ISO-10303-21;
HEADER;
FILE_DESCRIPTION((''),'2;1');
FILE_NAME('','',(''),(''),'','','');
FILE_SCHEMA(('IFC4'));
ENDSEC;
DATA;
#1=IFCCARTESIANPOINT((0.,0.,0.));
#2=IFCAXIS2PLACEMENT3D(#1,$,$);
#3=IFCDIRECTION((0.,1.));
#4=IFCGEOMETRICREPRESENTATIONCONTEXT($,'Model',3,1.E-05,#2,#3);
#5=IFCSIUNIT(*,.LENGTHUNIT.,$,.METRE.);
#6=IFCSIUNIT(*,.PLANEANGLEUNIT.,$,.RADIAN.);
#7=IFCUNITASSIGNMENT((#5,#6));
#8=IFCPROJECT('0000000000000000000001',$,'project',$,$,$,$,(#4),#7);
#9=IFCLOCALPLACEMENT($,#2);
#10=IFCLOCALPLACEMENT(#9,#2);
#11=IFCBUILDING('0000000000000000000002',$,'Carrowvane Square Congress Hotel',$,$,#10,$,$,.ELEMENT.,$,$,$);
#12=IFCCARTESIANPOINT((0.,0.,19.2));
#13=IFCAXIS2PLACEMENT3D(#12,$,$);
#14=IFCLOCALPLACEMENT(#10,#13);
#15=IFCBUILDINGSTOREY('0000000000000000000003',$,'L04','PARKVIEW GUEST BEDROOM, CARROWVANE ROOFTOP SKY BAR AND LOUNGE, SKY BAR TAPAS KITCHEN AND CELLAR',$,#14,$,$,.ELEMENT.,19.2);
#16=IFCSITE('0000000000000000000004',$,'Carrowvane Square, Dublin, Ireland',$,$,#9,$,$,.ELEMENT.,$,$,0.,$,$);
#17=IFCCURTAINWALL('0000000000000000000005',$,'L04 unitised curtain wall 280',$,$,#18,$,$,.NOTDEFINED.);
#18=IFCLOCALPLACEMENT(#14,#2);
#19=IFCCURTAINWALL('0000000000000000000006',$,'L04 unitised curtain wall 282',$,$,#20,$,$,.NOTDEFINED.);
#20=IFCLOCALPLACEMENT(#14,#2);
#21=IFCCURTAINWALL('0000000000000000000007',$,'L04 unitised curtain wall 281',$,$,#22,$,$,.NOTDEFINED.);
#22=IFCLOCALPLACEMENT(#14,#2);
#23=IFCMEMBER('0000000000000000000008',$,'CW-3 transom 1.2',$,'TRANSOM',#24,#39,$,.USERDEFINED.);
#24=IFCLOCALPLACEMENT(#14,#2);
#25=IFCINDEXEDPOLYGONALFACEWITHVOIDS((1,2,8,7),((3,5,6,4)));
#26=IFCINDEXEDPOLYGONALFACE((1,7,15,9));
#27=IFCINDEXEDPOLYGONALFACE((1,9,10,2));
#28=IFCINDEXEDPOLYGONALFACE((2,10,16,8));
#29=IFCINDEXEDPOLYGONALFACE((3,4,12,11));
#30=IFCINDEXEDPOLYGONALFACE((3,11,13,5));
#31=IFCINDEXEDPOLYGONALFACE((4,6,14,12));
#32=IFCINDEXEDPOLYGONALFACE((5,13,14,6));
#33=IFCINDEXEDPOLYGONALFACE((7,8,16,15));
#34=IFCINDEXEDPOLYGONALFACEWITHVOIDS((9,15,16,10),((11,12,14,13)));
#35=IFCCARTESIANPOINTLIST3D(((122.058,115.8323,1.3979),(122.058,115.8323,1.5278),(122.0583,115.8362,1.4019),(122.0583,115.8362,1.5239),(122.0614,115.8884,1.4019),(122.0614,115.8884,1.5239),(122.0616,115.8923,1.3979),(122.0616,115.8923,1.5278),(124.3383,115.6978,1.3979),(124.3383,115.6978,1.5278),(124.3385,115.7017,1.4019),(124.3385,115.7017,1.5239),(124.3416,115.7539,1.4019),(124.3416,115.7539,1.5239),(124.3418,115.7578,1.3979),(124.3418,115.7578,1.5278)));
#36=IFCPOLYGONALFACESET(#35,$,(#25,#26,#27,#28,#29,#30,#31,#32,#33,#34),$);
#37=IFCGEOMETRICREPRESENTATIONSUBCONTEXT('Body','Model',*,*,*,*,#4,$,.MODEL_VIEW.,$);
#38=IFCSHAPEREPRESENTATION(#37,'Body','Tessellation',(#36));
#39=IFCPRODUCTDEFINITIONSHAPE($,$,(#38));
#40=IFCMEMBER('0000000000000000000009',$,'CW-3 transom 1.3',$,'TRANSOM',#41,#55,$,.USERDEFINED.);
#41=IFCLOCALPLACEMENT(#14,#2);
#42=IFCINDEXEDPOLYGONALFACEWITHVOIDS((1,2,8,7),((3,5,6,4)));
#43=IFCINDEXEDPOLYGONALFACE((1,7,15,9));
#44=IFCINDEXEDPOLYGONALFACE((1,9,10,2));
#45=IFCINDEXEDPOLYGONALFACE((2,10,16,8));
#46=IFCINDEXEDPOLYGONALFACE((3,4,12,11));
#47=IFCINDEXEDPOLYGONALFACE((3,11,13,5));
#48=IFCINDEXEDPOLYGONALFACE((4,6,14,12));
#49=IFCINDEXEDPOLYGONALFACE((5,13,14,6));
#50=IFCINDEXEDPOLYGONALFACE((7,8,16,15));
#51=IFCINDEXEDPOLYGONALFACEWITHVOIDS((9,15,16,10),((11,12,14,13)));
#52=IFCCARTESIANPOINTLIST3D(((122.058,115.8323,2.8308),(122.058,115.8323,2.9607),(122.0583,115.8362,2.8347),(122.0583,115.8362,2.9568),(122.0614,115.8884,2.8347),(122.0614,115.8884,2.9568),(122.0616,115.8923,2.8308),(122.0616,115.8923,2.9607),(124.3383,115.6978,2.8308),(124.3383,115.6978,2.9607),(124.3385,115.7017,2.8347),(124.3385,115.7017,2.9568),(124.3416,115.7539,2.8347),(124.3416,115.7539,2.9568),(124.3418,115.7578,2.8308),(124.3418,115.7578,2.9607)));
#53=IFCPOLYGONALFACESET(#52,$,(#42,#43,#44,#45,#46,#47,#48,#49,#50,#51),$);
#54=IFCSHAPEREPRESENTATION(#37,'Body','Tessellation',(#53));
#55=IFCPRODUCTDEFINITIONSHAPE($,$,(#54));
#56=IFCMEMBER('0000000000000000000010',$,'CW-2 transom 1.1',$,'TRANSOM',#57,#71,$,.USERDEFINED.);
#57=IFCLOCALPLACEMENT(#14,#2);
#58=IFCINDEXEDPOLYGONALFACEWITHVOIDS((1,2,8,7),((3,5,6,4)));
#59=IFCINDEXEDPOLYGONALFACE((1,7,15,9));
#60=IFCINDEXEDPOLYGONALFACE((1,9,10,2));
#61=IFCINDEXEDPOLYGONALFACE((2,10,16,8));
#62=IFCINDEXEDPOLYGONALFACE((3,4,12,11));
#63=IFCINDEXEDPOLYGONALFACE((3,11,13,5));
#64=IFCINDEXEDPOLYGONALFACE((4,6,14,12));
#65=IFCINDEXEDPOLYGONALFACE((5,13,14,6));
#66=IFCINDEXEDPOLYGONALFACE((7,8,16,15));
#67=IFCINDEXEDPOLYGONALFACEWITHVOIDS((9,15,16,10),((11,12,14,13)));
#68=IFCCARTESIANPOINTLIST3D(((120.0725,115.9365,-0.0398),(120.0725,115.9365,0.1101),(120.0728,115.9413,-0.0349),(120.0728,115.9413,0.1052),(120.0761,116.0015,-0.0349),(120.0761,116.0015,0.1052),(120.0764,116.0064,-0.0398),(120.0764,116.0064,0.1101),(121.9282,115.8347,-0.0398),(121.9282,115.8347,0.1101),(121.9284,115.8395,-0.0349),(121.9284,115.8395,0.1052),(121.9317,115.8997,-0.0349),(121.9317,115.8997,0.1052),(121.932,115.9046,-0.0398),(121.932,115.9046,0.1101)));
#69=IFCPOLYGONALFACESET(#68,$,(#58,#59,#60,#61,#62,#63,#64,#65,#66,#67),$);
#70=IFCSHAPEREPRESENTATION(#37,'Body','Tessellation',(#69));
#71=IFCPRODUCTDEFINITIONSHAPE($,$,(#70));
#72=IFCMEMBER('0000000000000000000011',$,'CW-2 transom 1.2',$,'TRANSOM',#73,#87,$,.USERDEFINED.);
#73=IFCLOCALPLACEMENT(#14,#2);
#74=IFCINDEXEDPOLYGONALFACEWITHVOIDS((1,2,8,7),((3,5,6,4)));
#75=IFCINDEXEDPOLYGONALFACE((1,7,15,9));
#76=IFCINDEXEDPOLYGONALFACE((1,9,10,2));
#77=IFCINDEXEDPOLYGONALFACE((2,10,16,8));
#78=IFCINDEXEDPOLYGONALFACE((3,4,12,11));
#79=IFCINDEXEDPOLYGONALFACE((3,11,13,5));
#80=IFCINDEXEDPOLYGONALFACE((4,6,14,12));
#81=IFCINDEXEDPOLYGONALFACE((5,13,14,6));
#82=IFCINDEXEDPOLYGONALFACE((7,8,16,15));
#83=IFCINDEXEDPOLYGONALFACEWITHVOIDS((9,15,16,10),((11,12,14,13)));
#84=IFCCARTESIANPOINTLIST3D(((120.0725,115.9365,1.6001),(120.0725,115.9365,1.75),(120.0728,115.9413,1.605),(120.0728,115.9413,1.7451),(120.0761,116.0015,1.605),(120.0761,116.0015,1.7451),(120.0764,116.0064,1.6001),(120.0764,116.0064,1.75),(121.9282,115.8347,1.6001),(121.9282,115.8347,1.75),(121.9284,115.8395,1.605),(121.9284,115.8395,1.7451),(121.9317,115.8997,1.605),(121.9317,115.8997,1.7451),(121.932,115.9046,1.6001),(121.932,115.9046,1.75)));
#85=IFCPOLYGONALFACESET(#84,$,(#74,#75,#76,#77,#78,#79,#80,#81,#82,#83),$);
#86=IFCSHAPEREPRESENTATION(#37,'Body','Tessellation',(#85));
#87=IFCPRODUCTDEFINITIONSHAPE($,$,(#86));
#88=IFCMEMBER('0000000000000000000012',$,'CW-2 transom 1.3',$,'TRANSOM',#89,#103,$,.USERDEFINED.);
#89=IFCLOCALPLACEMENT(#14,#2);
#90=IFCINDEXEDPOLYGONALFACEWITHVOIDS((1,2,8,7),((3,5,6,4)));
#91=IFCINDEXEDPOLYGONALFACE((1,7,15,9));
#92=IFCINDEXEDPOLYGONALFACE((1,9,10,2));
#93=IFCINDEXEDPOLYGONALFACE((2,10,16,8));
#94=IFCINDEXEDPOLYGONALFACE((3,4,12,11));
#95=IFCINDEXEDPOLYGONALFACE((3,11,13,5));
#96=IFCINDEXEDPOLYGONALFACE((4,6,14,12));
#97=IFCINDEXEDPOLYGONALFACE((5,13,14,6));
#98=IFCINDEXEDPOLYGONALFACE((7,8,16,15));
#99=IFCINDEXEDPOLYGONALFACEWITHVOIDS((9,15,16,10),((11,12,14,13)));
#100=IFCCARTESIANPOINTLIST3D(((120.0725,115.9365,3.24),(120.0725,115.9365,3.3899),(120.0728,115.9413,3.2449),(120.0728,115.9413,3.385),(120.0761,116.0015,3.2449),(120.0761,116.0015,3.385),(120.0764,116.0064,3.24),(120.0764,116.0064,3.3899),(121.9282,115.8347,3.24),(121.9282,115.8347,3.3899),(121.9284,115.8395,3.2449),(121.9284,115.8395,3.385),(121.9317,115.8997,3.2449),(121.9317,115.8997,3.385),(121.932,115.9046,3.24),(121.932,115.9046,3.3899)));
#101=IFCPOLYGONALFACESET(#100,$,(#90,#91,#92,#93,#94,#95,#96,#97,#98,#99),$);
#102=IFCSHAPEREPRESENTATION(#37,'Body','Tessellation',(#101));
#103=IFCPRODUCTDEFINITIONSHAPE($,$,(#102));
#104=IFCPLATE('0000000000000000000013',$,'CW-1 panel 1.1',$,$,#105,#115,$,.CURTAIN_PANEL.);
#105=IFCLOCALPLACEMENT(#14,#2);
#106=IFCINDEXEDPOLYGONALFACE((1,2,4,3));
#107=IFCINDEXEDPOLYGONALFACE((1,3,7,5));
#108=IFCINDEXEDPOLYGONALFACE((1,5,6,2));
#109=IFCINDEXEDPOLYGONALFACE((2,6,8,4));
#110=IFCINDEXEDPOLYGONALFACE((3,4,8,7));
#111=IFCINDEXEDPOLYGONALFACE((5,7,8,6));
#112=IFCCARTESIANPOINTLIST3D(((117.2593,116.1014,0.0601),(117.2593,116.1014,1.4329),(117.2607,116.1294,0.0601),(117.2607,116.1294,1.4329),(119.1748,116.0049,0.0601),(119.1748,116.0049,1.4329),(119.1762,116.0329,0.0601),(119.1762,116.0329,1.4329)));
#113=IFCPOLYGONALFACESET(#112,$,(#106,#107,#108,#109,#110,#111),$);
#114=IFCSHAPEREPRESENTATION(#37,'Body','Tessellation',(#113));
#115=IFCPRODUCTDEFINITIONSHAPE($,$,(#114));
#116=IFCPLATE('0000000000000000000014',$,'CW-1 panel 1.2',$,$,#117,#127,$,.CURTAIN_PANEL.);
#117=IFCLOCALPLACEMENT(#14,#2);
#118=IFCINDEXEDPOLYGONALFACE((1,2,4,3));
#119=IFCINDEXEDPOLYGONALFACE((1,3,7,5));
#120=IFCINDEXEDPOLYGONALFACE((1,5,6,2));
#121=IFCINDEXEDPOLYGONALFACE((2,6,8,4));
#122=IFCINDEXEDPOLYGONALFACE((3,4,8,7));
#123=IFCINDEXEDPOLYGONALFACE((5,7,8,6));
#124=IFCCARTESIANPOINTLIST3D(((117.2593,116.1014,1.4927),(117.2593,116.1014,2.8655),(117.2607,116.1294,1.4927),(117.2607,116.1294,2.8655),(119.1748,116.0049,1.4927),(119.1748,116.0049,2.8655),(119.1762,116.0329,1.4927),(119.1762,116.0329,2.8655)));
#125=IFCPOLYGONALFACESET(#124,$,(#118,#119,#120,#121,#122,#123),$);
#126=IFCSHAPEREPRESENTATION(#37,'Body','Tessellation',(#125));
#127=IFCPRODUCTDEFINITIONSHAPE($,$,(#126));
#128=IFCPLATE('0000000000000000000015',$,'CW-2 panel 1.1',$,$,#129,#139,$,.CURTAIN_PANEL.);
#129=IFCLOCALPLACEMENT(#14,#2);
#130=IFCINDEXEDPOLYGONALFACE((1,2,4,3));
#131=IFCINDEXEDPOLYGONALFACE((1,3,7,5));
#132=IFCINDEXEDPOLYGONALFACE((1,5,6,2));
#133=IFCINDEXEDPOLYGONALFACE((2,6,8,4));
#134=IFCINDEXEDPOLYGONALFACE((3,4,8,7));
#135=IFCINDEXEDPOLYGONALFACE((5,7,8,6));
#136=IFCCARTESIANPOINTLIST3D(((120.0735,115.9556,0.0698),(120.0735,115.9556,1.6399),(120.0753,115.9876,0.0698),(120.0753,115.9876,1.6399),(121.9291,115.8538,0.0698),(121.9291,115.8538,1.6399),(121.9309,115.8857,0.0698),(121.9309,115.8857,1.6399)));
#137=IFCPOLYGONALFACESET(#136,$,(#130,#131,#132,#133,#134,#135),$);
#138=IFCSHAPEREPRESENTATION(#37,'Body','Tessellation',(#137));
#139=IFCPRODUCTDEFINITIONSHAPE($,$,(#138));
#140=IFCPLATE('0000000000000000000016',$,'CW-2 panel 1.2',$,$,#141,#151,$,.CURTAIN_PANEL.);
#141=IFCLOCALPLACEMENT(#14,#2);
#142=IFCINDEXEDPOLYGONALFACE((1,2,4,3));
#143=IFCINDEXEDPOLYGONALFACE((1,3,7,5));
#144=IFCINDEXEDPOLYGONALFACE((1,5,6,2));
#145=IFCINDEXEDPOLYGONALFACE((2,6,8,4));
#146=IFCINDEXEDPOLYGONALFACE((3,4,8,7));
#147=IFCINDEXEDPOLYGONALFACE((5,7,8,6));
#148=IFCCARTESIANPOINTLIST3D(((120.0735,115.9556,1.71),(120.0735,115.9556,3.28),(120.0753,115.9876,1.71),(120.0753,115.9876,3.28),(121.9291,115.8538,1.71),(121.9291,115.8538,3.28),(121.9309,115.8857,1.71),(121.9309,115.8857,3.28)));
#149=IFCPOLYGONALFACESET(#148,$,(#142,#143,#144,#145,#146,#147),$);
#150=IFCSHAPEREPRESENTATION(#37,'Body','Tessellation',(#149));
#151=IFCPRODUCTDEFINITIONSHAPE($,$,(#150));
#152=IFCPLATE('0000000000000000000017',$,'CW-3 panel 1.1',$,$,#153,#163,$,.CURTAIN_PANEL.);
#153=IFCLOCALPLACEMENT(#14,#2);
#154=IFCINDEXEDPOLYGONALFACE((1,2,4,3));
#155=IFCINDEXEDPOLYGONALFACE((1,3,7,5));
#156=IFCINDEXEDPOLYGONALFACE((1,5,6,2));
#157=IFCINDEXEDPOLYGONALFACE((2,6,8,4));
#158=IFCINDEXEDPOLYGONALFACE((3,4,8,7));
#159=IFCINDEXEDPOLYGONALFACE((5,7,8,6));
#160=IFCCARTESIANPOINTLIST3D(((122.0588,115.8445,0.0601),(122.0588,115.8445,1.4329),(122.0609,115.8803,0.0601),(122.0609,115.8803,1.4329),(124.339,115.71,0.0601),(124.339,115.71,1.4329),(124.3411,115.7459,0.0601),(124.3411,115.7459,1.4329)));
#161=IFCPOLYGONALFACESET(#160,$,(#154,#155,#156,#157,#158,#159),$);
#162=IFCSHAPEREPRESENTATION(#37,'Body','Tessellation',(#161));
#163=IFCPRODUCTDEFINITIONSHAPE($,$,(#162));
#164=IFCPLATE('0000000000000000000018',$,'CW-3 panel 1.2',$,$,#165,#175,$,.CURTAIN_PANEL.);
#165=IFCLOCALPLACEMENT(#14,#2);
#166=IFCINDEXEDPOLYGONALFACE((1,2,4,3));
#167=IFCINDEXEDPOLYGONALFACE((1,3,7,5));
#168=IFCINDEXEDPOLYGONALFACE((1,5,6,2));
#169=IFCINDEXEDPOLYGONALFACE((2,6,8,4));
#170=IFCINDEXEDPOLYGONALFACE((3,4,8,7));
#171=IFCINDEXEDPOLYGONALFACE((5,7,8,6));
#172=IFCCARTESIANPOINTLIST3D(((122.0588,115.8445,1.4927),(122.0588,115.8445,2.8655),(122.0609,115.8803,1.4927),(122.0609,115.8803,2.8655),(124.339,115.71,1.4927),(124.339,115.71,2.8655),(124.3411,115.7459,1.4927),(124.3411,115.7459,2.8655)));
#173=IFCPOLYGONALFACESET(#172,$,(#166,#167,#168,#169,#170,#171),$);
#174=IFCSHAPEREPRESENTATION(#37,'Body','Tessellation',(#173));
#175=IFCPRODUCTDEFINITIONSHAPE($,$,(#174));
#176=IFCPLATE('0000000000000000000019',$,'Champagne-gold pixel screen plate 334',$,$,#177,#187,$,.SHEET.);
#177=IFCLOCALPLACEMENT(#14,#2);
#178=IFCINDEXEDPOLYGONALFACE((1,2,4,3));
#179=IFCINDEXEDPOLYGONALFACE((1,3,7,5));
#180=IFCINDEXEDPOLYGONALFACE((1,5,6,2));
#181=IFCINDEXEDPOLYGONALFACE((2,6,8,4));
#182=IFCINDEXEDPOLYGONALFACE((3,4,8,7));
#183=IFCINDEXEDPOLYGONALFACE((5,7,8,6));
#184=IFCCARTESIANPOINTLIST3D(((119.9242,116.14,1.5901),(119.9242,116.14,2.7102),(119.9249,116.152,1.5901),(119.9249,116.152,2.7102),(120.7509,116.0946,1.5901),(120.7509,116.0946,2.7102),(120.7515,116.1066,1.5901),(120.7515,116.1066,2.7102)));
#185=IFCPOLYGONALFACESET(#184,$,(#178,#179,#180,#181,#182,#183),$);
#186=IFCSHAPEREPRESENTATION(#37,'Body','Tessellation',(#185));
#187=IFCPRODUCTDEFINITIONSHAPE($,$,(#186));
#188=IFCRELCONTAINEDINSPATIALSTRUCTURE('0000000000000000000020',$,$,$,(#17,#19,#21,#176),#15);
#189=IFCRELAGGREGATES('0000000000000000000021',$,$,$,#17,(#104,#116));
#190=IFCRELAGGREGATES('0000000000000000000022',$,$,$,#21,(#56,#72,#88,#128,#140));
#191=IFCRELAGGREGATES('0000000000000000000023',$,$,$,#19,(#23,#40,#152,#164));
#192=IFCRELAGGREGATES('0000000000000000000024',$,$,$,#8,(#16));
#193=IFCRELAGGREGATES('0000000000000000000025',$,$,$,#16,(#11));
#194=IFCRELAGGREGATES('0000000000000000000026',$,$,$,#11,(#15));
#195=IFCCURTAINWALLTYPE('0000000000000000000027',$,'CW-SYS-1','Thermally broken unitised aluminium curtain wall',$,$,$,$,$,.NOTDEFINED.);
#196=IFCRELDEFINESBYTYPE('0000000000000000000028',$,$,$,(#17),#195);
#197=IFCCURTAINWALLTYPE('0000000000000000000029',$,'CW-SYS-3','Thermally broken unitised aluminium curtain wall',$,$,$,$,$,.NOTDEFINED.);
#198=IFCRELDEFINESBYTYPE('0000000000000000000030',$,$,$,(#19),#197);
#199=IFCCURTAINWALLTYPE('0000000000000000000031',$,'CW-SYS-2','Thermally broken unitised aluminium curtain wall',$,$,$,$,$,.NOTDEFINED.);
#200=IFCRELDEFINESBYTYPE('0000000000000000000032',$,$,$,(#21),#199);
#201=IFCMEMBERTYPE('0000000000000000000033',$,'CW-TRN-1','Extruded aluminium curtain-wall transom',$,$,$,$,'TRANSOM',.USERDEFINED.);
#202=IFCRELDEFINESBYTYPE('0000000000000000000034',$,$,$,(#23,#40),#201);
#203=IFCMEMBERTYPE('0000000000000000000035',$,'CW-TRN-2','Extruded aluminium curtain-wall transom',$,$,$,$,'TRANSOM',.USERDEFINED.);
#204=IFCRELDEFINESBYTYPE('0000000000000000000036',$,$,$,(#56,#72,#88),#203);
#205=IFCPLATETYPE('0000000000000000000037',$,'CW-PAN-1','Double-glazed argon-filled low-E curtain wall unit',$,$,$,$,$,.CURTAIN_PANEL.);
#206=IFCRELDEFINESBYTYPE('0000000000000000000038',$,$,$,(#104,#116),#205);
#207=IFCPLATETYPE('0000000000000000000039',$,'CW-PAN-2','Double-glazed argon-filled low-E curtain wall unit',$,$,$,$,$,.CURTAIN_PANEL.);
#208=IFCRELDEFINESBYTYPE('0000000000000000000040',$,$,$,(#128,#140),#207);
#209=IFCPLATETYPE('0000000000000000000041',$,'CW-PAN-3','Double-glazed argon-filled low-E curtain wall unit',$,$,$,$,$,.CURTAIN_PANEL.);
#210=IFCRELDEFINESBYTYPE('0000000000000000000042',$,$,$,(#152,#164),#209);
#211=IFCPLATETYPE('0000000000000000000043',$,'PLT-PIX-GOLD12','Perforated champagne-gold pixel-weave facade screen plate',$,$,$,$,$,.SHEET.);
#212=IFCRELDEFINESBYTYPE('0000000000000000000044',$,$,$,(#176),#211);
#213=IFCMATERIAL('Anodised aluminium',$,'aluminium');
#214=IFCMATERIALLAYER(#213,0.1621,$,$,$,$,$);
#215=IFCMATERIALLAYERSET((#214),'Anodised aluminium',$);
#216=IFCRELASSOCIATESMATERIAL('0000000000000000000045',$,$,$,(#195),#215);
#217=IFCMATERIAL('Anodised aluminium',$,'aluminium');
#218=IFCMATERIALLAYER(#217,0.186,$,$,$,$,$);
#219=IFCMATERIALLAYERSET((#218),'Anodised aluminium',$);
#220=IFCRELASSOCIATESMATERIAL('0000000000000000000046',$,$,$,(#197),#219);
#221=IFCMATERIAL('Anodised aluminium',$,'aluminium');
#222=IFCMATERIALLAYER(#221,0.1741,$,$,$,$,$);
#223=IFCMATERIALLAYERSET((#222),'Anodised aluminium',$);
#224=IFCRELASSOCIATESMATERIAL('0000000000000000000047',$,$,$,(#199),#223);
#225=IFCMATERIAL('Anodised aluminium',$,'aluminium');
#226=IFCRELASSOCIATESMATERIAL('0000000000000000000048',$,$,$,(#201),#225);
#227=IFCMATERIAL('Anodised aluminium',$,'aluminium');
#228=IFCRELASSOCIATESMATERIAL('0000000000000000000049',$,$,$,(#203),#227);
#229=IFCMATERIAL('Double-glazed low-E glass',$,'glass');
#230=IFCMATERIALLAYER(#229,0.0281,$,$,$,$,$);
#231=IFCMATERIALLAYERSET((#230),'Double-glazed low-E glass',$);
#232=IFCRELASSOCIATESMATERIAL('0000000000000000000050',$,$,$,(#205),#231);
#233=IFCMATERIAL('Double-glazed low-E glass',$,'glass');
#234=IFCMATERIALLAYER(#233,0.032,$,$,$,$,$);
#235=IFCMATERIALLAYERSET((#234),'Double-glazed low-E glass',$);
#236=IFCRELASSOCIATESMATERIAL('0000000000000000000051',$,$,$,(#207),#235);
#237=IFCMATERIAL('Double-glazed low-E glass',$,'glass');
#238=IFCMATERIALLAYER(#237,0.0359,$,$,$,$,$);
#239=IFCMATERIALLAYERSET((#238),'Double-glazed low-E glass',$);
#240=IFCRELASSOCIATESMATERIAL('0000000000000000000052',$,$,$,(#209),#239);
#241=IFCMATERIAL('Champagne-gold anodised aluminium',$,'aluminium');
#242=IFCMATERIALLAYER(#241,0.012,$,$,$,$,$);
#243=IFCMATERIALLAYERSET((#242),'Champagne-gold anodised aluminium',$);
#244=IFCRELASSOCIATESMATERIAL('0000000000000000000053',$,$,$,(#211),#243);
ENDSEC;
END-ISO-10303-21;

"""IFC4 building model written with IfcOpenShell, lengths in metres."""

from ifc_helpers import new_model, si_unit, direction, frame, origin, origin_2d, place, context, subcontext, project, spatial, rectangle, hollow_rectangle, extrude, material, layer, layer_set, material_profile, profile_set, type_object, element, aggregate, save


model = new_model("IFC4")

# Units and contexts
model_context = context("Model", 3, precision=1e-05, world=origin(), true_north=direction((0.0, 1.0)))
body_context = subcontext(model_context, "Body", "Model", "MODEL_VIEW")
ifc_project = project(units=[si_unit("LENGTHUNIT", "METRE"), si_unit("PLANEANGLEUNIT", "RADIAN")], contexts=[model_context])

# Site, building, storey
site_placement = place(None, origin())
site = spatial("IfcSite", under=ifc_project, at=site_placement, Name="Carrowvane Square, Dublin, Ireland", CompositionType="ELEMENT", RefElevation=0.0)
building_placement = place(site_placement, origin())
building = spatial("IfcBuilding", under=site, at=building_placement, Name="Carrowvane Square Congress Hotel", CompositionType="ELEMENT")
storey_placement = place(building_placement, frame((0.0, 0.0, 19.2)))
storey = spatial("IfcBuildingStorey", under=building, at=storey_placement, Name="L04", Description="PARKVIEW GUEST BEDROOM, CARROWVANE ROOFTOP SKY BAR AND LOUNGE, SKY BAR TAPAS KITCHEN AND CELLAR", CompositionType="ELEMENT", Elevation=19.2)

# Curtain walls
ifc_material_1 = material(Name="Anodised aluminium", Category="aluminium")
ifc_layer_1 = layer(ifc_material_1, 0.1621)
ifc_layer_set_1 = layer_set([ifc_layer_1], Name="Anodised aluminium")
curtain_wall_type_1 = type_object("IfcCurtainWallType", Name="CW-SYS-1", Description="Thermally broken unitised aluminium curtain wall", PredefinedType="NOTDEFINED", material=ifc_layer_set_1)
curtain_wall_1_placement = place(storey_placement, origin())
curtain_wall_1 = element("IfcCurtainWall", 1, at=curtain_wall_1_placement, inside=storey, type_object=curtain_wall_type_1, Name="L04 unitised curtain wall 280", PredefinedType="NOTDEFINED")
ifc_material_2 = material(Name="Anodised aluminium", Category="aluminium")
ifc_layer_2 = layer(ifc_material_2, 0.186)
ifc_layer_set_2 = layer_set([ifc_layer_2], Name="Anodised aluminium")
curtain_wall_type_2 = type_object("IfcCurtainWallType", Name="CW-SYS-3", Description="Thermally broken unitised aluminium curtain wall", PredefinedType="NOTDEFINED", material=ifc_layer_set_2)
curtain_wall_2_placement = place(storey_placement, origin())
curtain_wall_2 = element("IfcCurtainWall", 2, at=curtain_wall_2_placement, inside=storey, type_object=curtain_wall_type_2, Name="L04 unitised curtain wall 282", PredefinedType="NOTDEFINED")

# Curtain wall
ifc_material_3 = material(Name="Anodised aluminium", Category="aluminium")
ifc_layer_3 = layer(ifc_material_3, 0.1741)
ifc_layer_set_3 = layer_set([ifc_layer_3], Name="Anodised aluminium")
curtain_wall_type_3 = type_object("IfcCurtainWallType", Name="CW-SYS-2", Description="Thermally broken unitised aluminium curtain wall", PredefinedType="NOTDEFINED", material=ifc_layer_set_3)
curtain_wall_3_placement = place(storey_placement, origin())
curtain_wall_3 = element("IfcCurtainWall", 3, at=curtain_wall_3_placement, inside=storey, type_object=curtain_wall_type_3, Name="L04 unitised curtain wall 281", PredefinedType="NOTDEFINED")

# Members
ifc_material_4 = material(Name="Anodised aluminium", Category="aluminium")
ifc_material_profile_1 = material_profile(ifc_material_4, hollow_rectangle(XDim=0.0601, YDim=0.1299, WallThickness=0.0039, at=origin_2d()), Name="CW-TR 60x130x4")
ifc_profile_set_1 = profile_set([ifc_material_profile_1], Name="Anodised aluminium")
member_type_1 = type_object("IfcMemberType", Name="CW-TRN-1", Description="Extruded aluminium curtain-wall transom", ElementType="TRANSOM", PredefinedType="USERDEFINED", material=ifc_profile_set_1)
member_1_placement = place(storey_placement, frame((122.0598, 115.8623, 1.4629), z_axis=(0.998264, -0.058891, 0.0), x_axis=(0.058891, 0.998264, 0.0)))
member_1 = element("IfcMember", 4, at=member_1_placement, type_object=member_type_1, Name="CW-3 transom 1.2", ObjectType="TRANSOM", PredefinedType="USERDEFINED", context=body_context, shape_type="SweptSolid", body=[
    extrude(hollow_rectangle(XDim=0.0601, YDim=0.1299, WallThickness=0.0039, at=origin_2d()), origin(), (0.0, 0.0, 1.0), 2.2842),
])
member_2_placement = place(storey_placement, frame((122.0598, 115.8623, 2.8958), z_axis=(0.998264, -0.058891, 0.0), x_axis=(0.058891, 0.998264, 0.0)))
member_2 = element("IfcMember", 5, at=member_2_placement, type_object=member_type_1, Name="CW-3 transom 1.3", ObjectType="TRANSOM", PredefinedType="USERDEFINED", context=body_context, shape_type="SweptSolid", body=[
    extrude(hollow_rectangle(XDim=0.0601, YDim=0.1299, WallThickness=0.0039, at=origin_2d()), origin(), (0.0, 0.0, 1.0), 2.2842),
])
ifc_material_5 = material(Name="Anodised aluminium", Category="aluminium")
ifc_material_profile_2 = material_profile(ifc_material_5, hollow_rectangle(XDim=0.0701, YDim=0.1499, WallThickness=0.0049, at=origin_2d()), Name="CW-TR 70x150x5")
ifc_profile_set_2 = profile_set([ifc_material_profile_2], Name="Anodised aluminium")
member_type_2 = type_object("IfcMemberType", Name="CW-TRN-2", Description="Extruded aluminium curtain-wall transom", ElementType="TRANSOM", PredefinedType="USERDEFINED", material=ifc_profile_set_2)
member_3_placement = place(storey_placement, frame((120.0745, 115.9714, 0.0352), z_axis=(0.998499, -0.054779, 0.0), x_axis=(0.054779, 0.998499, 0.0)))
member_3 = element("IfcMember", 6, at=member_3_placement, type_object=member_type_2, Name="CW-2 transom 1.1", ObjectType="TRANSOM", PredefinedType="USERDEFINED", context=body_context, shape_type="SweptSolid", body=[
    extrude(hollow_rectangle(XDim=0.0701, YDim=0.1499, WallThickness=0.0049, at=origin_2d()), origin(), (0.0, 0.0, 1.0), 1.8584),
])
member_4_placement = place(storey_placement, frame((120.0745, 115.9714, 1.675), z_axis=(0.998499, -0.054779, 0.0), x_axis=(0.054779, 0.998499, 0.0)))
member_4 = element("IfcMember", 7, at=member_4_placement, type_object=member_type_2, Name="CW-2 transom 1.2", ObjectType="TRANSOM", PredefinedType="USERDEFINED", context=body_context, shape_type="SweptSolid", body=[
    extrude(hollow_rectangle(XDim=0.0701, YDim=0.1499, WallThickness=0.0049, at=origin_2d()), origin(), (0.0, 0.0, 1.0), 1.8584),
])
member_5_placement = place(storey_placement, frame((120.0745, 115.9714, 3.3149), z_axis=(0.998499, -0.054779, 0.0), x_axis=(0.054779, 0.998499, 0.0)))
member_5 = element("IfcMember", 8, at=member_5_placement, type_object=member_type_2, Name="CW-2 transom 1.3", ObjectType="TRANSOM", PredefinedType="USERDEFINED", context=body_context, shape_type="SweptSolid", body=[
    extrude(hollow_rectangle(XDim=0.0701, YDim=0.1499, WallThickness=0.0049, at=origin_2d()), origin(), (0.0, 0.0, 1.0), 1.8584),
])

# Plates
ifc_material_6 = material(Name="Double-glazed low-E glass", Category="glass")
ifc_layer_4 = layer(ifc_material_6, 0.0281)
ifc_layer_set_4 = layer_set([ifc_layer_4], Name="Double-glazed low-E glass")
plate_type_1 = type_object("IfcPlateType", Name="CW-PAN-1", Description="Double-glazed argon-filled low-E curtain wall unit", PredefinedType="CURTAIN_PANEL", material=ifc_layer_set_4)
plate_1_placement = place(storey_placement, frame((118.2178, 116.0671, 0.0601), z_axis=(0.0, 0.0, 1.0), x_axis=(0.998733, -0.050324, 0.0)))
plate_1 = element("IfcPlate", 9, at=plate_1_placement, type_object=plate_type_1, Name="CW-1 panel 1.1", PredefinedType="CURTAIN_PANEL", context=body_context, shape_type="SweptSolid", body=[
    extrude(rectangle(XDim=1.918, YDim=0.0281, at=origin_2d()), origin(), (0.0, 0.0, 1.0), 1.3728),
])
plate_2_placement = place(storey_placement, frame((118.2178, 116.0671, 1.4927), z_axis=(0.0, 0.0, 1.0), x_axis=(0.998733, -0.050324, 0.0)))
plate_2 = element("IfcPlate", 10, at=plate_2_placement, type_object=plate_type_1, Name="CW-1 panel 1.2", PredefinedType="CURTAIN_PANEL", context=body_context, shape_type="SweptSolid", body=[
    extrude(rectangle(XDim=1.918, YDim=0.0281, at=origin_2d()), origin(), (0.0, 0.0, 1.0), 1.3728),
])
aggregate(curtain_wall_1, [plate_1, plate_2])
ifc_material_7 = material(Name="Double-glazed low-E glass", Category="glass")
ifc_layer_5 = layer(ifc_material_7, 0.032)
ifc_layer_set_5 = layer_set([ifc_layer_5], Name="Double-glazed low-E glass")
plate_type_2 = type_object("IfcPlateType", Name="CW-PAN-2", Description="Double-glazed argon-filled low-E curtain wall unit", PredefinedType="CURTAIN_PANEL", material=ifc_layer_set_5)
plate_3_placement = place(storey_placement, frame((121.0022, 115.9207, 0.0698), z_axis=(0.0, 0.0, 1.0), x_axis=(0.998496, -0.054816, 0.0)))
plate_3 = element("IfcPlate", 11, at=plate_3_placement, type_object=plate_type_2, Name="CW-2 panel 1.1", PredefinedType="CURTAIN_PANEL", context=body_context, shape_type="SweptSolid", body=[
    extrude(rectangle(XDim=1.8584, YDim=0.032, at=origin_2d()), origin(), (0.0, 0.0, 1.0), 1.5701),
])
plate_4_placement = place(storey_placement, frame((121.0022, 115.9207, 1.71), z_axis=(0.0, 0.0, 1.0), x_axis=(0.998496, -0.054816, 0.0)))
plate_4 = element("IfcPlate", 12, at=plate_4_placement, type_object=plate_type_2, Name="CW-2 panel 1.2", PredefinedType="CURTAIN_PANEL", context=body_context, shape_type="SweptSolid", body=[
    extrude(rectangle(XDim=1.8584, YDim=0.032, at=origin_2d()), origin(), (0.0, 0.0, 1.0), 1.5701),
])
aggregate(curtain_wall_3, [member_3, member_4, member_5, plate_3, plate_4])
ifc_material_8 = material(Name="Double-glazed low-E glass", Category="glass")
ifc_layer_6 = layer(ifc_material_8, 0.0359)
ifc_layer_set_6 = layer_set([ifc_layer_6], Name="Double-glazed low-E glass")
plate_type_3 = type_object("IfcPlateType", Name="CW-PAN-3", Description="Double-glazed argon-filled low-E curtain wall unit", PredefinedType="CURTAIN_PANEL", material=ifc_layer_set_6)
plate_5_placement = place(storey_placement, frame((123.2, 115.7952, 0.0601), z_axis=(0.0, 0.0, 1.0), x_axis=(0.998267, -0.058851, 0.0)))
plate_5 = element("IfcPlate", 13, at=plate_5_placement, type_object=plate_type_3, Name="CW-3 panel 1.1", PredefinedType="CURTAIN_PANEL", context=body_context, shape_type="SweptSolid", body=[
    extrude(rectangle(XDim=2.2842, YDim=0.0359, at=origin_2d()), origin(), (0.0, 0.0, 1.0), 1.3728),
])
plate_6_placement = place(storey_placement, frame((123.2, 115.7952, 1.4927), z_axis=(0.0, 0.0, 1.0), x_axis=(0.998267, -0.058851, 0.0)))
plate_6 = element("IfcPlate", 14, at=plate_6_placement, type_object=plate_type_3, Name="CW-3 panel 1.2", PredefinedType="CURTAIN_PANEL", context=body_context, shape_type="SweptSolid", body=[
    extrude(rectangle(XDim=2.2842, YDim=0.0359, at=origin_2d()), origin(), (0.0, 0.0, 1.0), 1.3728),
])
aggregate(curtain_wall_2, [member_1, member_2, plate_5, plate_6])

# Plate
ifc_material_9 = material(Name="Champagne-gold anodised aluminium", Category="aluminium")
ifc_layer_7 = layer(ifc_material_9, 0.012)
ifc_layer_set_7 = layer_set([ifc_layer_7], Name="Champagne-gold anodised aluminium")
plate_type_4 = type_object("IfcPlateType", Name="PLT-PIX-GOLD12", Description="Perforated champagne-gold pixel-weave facade screen plate", PredefinedType="SHEET", material=ifc_layer_set_7)
plate_7_placement = place(storey_placement, frame((120.3379, 116.1233, 1.5901), z_axis=(0.0, 0.0, 1.0), x_axis=(0.998497, -0.054815, 0.0)))
element("IfcPlate", 15, at=plate_7_placement, inside=storey, type_object=plate_type_4, Name="Champagne-gold pixel screen plate 334", PredefinedType="SHEET", context=body_context, shape_type="SweptSolid", body=[
    extrude(rectangle(XDim=0.8279, YDim=0.012, at=origin_2d()), origin(), (0.0, 0.0, 1.0), 1.1201),
])

save(model, "model.ifc")
